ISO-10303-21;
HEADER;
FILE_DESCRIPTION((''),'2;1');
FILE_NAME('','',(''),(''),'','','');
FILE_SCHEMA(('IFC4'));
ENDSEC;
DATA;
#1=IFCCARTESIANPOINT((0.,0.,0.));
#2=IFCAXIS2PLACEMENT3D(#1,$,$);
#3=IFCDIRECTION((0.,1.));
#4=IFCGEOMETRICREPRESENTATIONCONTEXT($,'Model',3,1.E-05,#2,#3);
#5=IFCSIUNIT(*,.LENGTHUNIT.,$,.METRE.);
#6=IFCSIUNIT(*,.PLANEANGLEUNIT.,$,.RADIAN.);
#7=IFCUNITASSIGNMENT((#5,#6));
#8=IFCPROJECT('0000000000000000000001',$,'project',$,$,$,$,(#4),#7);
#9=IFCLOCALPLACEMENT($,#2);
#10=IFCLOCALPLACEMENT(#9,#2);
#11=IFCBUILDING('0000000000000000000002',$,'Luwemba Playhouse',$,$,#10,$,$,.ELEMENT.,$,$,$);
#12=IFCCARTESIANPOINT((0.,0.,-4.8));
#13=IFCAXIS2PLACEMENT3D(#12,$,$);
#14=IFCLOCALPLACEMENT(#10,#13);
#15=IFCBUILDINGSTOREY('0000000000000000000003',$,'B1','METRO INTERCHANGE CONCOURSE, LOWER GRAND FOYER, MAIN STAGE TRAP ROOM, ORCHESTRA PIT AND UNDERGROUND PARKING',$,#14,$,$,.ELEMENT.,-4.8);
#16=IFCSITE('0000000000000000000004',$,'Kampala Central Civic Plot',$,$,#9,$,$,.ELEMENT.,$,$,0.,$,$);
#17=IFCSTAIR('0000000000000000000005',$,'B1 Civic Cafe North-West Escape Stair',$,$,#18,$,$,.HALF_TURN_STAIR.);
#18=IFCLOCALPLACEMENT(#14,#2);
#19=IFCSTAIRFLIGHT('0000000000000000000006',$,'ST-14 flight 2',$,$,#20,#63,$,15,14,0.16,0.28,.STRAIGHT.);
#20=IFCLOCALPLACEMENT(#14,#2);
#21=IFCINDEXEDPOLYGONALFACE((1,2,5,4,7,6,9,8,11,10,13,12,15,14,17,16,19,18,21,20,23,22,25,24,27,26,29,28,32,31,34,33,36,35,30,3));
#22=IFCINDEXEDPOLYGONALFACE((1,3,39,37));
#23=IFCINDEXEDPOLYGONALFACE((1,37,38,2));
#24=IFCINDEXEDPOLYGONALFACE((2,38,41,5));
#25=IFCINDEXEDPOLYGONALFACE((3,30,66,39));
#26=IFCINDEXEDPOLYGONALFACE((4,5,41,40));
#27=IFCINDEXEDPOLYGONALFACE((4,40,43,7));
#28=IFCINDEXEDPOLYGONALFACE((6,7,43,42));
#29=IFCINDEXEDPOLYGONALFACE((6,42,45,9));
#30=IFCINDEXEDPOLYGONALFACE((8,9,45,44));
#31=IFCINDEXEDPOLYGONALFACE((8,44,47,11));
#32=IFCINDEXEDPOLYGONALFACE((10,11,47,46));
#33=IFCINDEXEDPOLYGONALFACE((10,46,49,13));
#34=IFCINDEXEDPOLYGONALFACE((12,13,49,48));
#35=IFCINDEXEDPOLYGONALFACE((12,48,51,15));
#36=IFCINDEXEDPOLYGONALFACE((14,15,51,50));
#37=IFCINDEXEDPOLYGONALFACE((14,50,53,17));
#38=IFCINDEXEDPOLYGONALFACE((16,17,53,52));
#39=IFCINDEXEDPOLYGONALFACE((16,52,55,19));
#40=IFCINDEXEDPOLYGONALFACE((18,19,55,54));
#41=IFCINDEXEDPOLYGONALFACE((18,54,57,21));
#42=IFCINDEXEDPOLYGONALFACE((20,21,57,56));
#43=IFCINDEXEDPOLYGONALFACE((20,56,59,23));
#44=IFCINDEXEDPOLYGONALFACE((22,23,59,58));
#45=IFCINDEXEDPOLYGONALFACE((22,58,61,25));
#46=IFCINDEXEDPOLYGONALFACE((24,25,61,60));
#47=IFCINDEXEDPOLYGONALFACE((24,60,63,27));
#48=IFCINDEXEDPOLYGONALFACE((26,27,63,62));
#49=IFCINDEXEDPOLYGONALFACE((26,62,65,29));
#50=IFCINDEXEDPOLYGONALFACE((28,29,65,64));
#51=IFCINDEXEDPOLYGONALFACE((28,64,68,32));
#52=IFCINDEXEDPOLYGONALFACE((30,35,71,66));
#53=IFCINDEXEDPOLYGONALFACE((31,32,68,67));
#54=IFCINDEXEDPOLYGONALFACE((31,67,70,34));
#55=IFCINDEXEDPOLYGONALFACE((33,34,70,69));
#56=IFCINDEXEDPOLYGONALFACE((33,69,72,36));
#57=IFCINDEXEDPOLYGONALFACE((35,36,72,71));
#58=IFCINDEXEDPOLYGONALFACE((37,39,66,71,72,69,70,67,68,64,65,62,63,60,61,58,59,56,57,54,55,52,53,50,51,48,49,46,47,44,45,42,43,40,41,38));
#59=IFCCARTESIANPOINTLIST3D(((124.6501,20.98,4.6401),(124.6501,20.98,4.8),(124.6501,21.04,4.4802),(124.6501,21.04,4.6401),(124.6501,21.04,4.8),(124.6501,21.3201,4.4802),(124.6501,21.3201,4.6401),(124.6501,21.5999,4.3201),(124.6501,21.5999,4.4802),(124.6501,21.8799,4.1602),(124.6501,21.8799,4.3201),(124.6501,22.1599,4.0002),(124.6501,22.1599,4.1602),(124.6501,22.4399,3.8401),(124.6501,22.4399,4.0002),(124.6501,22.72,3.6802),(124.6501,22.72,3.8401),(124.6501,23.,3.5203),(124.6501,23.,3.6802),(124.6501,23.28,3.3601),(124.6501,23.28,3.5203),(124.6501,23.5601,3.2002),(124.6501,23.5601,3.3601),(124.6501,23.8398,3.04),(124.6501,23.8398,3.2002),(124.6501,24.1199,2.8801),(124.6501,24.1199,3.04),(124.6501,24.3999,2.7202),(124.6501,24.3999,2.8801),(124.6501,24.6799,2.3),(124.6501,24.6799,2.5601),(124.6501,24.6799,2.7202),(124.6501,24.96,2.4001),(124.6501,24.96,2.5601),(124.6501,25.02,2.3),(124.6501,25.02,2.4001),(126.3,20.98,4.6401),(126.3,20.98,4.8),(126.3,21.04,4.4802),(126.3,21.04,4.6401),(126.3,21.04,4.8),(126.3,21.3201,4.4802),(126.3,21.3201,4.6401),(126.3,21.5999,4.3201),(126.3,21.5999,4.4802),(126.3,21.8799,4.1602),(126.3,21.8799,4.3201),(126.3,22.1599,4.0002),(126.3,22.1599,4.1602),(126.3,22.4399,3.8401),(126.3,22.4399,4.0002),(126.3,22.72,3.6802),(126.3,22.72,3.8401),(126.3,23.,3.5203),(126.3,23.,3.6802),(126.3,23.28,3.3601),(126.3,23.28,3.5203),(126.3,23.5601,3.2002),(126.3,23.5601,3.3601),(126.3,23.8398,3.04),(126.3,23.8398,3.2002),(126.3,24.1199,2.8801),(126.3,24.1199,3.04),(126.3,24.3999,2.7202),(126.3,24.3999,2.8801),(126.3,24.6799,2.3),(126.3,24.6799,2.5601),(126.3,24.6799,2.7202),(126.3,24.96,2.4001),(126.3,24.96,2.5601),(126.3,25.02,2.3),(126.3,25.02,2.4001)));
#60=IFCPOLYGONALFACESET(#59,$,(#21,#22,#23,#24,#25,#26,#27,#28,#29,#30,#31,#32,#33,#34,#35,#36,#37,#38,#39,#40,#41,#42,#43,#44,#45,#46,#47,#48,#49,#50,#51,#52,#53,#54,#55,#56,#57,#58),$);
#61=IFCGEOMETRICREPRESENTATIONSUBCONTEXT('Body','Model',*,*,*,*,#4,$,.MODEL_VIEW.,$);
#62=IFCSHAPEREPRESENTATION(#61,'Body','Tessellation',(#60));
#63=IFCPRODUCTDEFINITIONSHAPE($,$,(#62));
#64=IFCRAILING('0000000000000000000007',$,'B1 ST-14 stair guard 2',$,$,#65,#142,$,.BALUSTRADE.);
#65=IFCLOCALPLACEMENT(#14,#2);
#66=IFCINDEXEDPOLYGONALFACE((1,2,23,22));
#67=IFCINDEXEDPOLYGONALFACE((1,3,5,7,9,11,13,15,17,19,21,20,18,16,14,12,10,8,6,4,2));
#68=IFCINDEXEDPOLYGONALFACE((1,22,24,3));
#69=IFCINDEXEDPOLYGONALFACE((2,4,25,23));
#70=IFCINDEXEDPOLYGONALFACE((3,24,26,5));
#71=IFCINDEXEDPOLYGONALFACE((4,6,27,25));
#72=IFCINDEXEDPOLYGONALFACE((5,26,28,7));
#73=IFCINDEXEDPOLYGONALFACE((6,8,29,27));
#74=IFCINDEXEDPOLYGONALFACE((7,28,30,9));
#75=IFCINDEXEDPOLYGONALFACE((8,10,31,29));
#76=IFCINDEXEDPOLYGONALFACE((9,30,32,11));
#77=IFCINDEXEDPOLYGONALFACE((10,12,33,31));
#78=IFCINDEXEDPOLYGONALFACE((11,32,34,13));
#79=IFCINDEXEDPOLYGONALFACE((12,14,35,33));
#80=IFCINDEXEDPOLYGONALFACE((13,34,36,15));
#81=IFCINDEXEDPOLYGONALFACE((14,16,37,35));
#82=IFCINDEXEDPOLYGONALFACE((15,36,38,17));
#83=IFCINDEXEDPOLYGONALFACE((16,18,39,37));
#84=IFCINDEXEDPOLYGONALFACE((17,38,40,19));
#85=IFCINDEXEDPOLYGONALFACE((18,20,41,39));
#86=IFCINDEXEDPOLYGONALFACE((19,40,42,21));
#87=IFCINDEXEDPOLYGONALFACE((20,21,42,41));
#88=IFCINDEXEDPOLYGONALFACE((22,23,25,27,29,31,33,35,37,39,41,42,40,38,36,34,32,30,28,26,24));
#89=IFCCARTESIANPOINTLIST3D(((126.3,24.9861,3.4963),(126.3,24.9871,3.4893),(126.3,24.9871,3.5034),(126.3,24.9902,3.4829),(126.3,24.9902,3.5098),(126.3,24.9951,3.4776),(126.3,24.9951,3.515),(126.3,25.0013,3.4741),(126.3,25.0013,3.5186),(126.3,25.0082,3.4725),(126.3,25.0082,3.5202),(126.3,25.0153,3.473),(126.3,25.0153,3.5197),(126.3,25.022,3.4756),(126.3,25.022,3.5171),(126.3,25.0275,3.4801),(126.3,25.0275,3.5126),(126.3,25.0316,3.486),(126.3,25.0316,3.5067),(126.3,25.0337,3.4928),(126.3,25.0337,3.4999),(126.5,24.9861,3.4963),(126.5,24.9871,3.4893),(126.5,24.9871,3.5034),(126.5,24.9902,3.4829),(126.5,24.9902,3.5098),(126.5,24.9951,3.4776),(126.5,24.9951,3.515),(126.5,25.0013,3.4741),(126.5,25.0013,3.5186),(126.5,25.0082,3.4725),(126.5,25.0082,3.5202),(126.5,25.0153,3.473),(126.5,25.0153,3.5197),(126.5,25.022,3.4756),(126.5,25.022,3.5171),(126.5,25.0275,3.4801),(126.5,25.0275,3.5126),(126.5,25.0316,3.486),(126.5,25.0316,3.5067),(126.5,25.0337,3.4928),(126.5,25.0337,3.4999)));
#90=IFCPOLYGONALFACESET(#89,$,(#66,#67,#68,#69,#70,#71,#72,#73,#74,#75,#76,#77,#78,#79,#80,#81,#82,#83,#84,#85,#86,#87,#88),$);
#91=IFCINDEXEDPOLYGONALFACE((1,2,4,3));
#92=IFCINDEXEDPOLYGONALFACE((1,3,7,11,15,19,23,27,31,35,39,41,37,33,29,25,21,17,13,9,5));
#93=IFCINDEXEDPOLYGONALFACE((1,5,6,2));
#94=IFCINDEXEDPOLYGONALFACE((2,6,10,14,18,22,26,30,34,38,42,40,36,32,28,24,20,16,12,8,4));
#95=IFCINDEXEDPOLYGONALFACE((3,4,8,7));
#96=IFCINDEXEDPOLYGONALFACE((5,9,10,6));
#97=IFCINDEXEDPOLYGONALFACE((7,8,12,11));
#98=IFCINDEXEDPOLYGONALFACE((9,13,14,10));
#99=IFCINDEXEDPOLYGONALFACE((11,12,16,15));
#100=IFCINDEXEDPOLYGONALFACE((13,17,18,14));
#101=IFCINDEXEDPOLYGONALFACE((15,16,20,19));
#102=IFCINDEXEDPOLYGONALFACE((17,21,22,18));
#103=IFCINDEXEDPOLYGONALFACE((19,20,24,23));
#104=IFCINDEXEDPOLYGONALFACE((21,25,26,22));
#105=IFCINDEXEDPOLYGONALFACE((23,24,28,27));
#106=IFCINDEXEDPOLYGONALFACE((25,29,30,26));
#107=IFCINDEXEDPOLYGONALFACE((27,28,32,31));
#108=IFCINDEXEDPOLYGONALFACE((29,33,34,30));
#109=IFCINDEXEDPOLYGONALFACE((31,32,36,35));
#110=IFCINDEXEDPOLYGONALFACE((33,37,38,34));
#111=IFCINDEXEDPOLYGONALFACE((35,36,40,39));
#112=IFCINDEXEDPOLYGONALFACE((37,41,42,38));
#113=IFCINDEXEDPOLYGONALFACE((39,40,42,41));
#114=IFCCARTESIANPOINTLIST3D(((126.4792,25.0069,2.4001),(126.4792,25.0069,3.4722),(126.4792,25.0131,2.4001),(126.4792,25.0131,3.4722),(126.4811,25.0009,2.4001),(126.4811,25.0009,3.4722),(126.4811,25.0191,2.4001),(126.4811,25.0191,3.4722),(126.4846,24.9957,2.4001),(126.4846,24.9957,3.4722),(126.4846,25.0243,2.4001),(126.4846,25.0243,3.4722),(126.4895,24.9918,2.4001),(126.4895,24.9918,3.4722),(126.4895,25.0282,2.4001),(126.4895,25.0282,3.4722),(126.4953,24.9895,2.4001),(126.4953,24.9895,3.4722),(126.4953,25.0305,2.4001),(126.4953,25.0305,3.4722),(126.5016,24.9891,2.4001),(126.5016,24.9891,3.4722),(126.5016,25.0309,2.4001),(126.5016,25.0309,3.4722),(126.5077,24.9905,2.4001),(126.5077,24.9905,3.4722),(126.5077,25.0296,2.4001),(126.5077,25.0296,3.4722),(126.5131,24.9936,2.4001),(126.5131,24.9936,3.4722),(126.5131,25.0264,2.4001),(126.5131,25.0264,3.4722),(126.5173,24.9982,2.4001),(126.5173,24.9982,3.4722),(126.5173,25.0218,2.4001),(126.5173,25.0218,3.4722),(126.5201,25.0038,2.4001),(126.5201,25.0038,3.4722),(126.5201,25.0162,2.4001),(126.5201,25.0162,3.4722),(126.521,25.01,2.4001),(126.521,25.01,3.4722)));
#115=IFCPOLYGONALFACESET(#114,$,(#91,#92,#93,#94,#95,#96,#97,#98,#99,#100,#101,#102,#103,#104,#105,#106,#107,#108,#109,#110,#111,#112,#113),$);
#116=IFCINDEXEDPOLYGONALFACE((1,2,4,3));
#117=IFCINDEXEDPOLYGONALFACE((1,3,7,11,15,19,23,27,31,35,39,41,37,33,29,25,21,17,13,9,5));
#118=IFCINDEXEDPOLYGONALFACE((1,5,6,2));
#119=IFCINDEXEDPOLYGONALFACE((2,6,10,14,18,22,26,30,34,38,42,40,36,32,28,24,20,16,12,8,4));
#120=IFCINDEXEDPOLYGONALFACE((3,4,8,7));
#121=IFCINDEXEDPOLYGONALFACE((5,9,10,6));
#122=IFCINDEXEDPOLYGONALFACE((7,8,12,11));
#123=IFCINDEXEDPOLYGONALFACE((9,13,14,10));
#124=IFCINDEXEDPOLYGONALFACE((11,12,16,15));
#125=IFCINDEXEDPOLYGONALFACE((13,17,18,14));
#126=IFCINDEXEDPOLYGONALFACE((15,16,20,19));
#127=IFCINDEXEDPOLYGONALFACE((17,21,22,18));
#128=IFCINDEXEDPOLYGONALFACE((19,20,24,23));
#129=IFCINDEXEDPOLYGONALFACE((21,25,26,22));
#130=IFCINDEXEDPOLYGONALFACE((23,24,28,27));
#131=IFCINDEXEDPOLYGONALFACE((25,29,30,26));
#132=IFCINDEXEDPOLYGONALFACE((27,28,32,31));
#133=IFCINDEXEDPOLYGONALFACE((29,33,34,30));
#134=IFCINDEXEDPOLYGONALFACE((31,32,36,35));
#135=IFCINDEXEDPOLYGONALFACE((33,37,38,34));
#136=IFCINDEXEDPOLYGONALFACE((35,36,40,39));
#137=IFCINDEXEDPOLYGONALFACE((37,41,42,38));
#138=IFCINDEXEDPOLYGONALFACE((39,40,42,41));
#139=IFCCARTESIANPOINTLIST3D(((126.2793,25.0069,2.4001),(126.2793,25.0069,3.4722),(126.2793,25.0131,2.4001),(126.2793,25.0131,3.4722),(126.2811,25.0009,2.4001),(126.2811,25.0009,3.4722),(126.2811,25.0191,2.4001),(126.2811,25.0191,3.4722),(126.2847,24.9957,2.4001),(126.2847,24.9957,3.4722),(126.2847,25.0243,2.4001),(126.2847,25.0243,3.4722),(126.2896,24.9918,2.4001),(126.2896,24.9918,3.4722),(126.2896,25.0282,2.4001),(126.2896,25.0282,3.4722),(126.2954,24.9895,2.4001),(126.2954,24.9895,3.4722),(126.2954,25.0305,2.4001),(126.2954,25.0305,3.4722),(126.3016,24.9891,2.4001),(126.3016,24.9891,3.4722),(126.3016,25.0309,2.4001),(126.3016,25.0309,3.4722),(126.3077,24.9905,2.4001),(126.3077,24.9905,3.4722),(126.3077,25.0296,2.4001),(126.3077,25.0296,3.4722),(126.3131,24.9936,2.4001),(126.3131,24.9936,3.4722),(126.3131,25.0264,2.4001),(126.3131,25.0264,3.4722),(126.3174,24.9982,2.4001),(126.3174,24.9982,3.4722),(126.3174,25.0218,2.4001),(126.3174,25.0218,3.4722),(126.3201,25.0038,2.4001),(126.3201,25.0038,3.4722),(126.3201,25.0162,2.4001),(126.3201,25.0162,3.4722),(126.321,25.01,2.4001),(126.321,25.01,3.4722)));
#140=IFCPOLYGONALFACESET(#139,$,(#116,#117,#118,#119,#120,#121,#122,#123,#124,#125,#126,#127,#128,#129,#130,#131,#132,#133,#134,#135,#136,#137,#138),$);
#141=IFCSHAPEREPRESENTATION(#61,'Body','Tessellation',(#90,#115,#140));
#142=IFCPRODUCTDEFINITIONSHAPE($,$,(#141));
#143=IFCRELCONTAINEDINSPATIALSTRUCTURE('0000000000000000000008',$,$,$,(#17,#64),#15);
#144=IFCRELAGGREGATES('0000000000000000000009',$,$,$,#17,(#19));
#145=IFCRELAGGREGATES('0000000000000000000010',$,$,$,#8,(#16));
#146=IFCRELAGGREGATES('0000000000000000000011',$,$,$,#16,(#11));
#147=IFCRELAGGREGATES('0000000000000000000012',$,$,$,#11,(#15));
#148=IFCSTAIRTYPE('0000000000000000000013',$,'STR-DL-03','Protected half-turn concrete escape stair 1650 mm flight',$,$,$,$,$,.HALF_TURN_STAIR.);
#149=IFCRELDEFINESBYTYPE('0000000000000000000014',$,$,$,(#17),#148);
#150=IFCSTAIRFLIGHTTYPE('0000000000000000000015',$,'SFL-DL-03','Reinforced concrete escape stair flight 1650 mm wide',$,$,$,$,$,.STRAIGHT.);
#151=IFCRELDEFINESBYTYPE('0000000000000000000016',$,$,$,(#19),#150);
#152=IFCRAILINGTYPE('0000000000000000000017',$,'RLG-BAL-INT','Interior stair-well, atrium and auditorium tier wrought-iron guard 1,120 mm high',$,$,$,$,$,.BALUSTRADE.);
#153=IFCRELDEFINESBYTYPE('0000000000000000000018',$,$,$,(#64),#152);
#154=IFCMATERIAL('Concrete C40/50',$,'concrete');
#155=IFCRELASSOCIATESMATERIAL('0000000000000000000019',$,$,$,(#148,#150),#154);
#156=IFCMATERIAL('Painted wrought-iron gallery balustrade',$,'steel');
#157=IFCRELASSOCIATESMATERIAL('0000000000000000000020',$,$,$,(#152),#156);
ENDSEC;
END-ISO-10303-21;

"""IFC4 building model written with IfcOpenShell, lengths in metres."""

from ifc_helpers import new_model, si_unit, direction, frame, origin, origin_2d, place, context, subcontext, project, spatial, polyline, circle, outline, extrude, material, type_object, element, aggregate, save


model = new_model("IFC4")

# Units and contexts
model_context = context("Model", 3, precision=1e-05, world=origin(), true_north=direction((0.0, 1.0)))
body_context = subcontext(model_context, "Body", "Model", "MODEL_VIEW")
ifc_project = project(units=[si_unit("LENGTHUNIT", "METRE"), si_unit("PLANEANGLEUNIT", "RADIAN")], contexts=[model_context])

# Site, building, storey
site_placement = place(None, origin())
site = spatial("IfcSite", under=ifc_project, at=site_placement, Name="Kampala Central Civic Plot", CompositionType="ELEMENT", RefElevation=0.0)
building_placement = place(site_placement, origin())
building = spatial("IfcBuilding", under=site, at=building_placement, Name="Luwemba Playhouse", CompositionType="ELEMENT")
storey_placement = place(building_placement, frame((0.0, 0.0, -4.8)))
storey = spatial("IfcBuildingStorey", under=building, at=storey_placement, Name="B1", Description="METRO INTERCHANGE CONCOURSE, LOWER GRAND FOYER, MAIN STAGE TRAP ROOM, ORCHESTRA PIT AND UNDERGROUND PARKING", CompositionType="ELEMENT", Elevation=-4.8)

# Shared definitions
ifc_material_1 = material(Name="Concrete C40/50", Category="concrete")

# Stair, stair flight
stair_type = type_object("IfcStairType", Name="STR-DL-03", Description="Protected half-turn concrete escape stair 1650 mm flight", PredefinedType="HALF_TURN_STAIR", material=ifc_material_1)
stair_placement = place(storey_placement, origin())
stair = element("IfcStair", 1, at=stair_placement, inside=storey, type_object=stair_type, Name="B1 Civic Cafe North-West Escape Stair", PredefinedType="HALF_TURN_STAIR")
stair_flight_type = type_object("IfcStairFlightType", Name="SFL-DL-03", Description="Reinforced concrete escape stair flight 1650 mm wide", PredefinedType="STRAIGHT", material=ifc_material_1)
stair_flight_placement = place(storey_placement, frame((125.4751, 24.96, 2.4001), z_axis=(0.0, 0.0, 1.0), x_axis=(0.0, -1.0, 0.0)))
stair_flight = element("IfcStairFlight", 2, at=stair_flight_placement, type_object=stair_flight_type, Name="ST-14 flight 2", NumberOfRisers=15, NumberOfTreads=14, PredefinedType="STRAIGHT", RiserHeight=0.16, TreadLength=0.28, context=body_context, shape_type="SweptSolid", body=[
    extrude(outline(polyline([(-0.0601, -0.1001), (-0.0601, 0.0), (0.0, 0.0), (0.0, 0.1599), (0.28, 0.1599), (0.28, 0.3201), (0.5601, 0.3201), (0.5601, 0.48), (0.8401, 0.48), (0.8401, 0.6399), (1.1201, 0.6399), (1.1201, 0.8), (1.3999, 0.8), (1.3999, 0.96), (1.6799, 0.96), (1.6799, 1.1201), (1.96, 1.1201), (1.96, 1.28), (2.24, 1.28), (2.24, 1.4399), (2.52, 1.4399), (2.52, 1.6001), (2.8, 1.6001), (2.8, 1.76), (3.0801, 1.76), (3.0801, 1.9199), (3.3601, 1.9199), (3.3601, 2.0801), (3.6399, 2.0801), (3.6399, 2.24), (3.9199, 2.24), (3.9199, 2.3999), (3.98, 2.3999), (3.98, 2.24), (3.9199, 2.0801), (0.28, -0.1001), (-0.0601, -0.1001)])), frame((0.0, 0.825, 0.0), z_axis=(0.0, -1.0, 0.0), x_axis=(1.0, 0.0, 0.0)), (0.0, 0.0, 1.0), 1.6499),
])
aggregate(stair, [stair_flight])

# Railing
ifc_material_2 = material(Name="Painted wrought-iron gallery balustrade", Category="steel")
railing_type = type_object("IfcRailingType", Name="RLG-BAL-INT", Description="Interior stair-well, atrium and auditorium tier wrought-iron guard 1,120 mm high", PredefinedType="BALUSTRADE", material=ifc_material_2)
railing_1_placement = place(storey_placement, frame((126.5, 25.01, 2.4001)))
element("IfcRailing", 3, at=railing_1_placement, inside=storey, type_object=railing_type, Name="B1 ST-14 stair guard 2", PredefinedType="BALUSTRADE", context=body_context, shape_type="SweptSolid", body=[
    extrude(circle(Radius=0.0239, at=origin_2d()), frame((0.0, 0.0, 1.0962), z_axis=(-1.0, 0.0, 0.0), x_axis=(0.0, -1.0, 0.0)), (0.0, 0.0, 1.0), 0.2),
    extrude(circle(Radius=0.021, at=origin_2d()), origin(), (0.0, 0.0, 1.0), 1.072),
    extrude(circle(Radius=0.021, at=origin_2d()), frame((-0.2, 0.0, 0.0)), (0.0, 0.0, 1.0), 1.072),
])

save(model, "model.ifc")
